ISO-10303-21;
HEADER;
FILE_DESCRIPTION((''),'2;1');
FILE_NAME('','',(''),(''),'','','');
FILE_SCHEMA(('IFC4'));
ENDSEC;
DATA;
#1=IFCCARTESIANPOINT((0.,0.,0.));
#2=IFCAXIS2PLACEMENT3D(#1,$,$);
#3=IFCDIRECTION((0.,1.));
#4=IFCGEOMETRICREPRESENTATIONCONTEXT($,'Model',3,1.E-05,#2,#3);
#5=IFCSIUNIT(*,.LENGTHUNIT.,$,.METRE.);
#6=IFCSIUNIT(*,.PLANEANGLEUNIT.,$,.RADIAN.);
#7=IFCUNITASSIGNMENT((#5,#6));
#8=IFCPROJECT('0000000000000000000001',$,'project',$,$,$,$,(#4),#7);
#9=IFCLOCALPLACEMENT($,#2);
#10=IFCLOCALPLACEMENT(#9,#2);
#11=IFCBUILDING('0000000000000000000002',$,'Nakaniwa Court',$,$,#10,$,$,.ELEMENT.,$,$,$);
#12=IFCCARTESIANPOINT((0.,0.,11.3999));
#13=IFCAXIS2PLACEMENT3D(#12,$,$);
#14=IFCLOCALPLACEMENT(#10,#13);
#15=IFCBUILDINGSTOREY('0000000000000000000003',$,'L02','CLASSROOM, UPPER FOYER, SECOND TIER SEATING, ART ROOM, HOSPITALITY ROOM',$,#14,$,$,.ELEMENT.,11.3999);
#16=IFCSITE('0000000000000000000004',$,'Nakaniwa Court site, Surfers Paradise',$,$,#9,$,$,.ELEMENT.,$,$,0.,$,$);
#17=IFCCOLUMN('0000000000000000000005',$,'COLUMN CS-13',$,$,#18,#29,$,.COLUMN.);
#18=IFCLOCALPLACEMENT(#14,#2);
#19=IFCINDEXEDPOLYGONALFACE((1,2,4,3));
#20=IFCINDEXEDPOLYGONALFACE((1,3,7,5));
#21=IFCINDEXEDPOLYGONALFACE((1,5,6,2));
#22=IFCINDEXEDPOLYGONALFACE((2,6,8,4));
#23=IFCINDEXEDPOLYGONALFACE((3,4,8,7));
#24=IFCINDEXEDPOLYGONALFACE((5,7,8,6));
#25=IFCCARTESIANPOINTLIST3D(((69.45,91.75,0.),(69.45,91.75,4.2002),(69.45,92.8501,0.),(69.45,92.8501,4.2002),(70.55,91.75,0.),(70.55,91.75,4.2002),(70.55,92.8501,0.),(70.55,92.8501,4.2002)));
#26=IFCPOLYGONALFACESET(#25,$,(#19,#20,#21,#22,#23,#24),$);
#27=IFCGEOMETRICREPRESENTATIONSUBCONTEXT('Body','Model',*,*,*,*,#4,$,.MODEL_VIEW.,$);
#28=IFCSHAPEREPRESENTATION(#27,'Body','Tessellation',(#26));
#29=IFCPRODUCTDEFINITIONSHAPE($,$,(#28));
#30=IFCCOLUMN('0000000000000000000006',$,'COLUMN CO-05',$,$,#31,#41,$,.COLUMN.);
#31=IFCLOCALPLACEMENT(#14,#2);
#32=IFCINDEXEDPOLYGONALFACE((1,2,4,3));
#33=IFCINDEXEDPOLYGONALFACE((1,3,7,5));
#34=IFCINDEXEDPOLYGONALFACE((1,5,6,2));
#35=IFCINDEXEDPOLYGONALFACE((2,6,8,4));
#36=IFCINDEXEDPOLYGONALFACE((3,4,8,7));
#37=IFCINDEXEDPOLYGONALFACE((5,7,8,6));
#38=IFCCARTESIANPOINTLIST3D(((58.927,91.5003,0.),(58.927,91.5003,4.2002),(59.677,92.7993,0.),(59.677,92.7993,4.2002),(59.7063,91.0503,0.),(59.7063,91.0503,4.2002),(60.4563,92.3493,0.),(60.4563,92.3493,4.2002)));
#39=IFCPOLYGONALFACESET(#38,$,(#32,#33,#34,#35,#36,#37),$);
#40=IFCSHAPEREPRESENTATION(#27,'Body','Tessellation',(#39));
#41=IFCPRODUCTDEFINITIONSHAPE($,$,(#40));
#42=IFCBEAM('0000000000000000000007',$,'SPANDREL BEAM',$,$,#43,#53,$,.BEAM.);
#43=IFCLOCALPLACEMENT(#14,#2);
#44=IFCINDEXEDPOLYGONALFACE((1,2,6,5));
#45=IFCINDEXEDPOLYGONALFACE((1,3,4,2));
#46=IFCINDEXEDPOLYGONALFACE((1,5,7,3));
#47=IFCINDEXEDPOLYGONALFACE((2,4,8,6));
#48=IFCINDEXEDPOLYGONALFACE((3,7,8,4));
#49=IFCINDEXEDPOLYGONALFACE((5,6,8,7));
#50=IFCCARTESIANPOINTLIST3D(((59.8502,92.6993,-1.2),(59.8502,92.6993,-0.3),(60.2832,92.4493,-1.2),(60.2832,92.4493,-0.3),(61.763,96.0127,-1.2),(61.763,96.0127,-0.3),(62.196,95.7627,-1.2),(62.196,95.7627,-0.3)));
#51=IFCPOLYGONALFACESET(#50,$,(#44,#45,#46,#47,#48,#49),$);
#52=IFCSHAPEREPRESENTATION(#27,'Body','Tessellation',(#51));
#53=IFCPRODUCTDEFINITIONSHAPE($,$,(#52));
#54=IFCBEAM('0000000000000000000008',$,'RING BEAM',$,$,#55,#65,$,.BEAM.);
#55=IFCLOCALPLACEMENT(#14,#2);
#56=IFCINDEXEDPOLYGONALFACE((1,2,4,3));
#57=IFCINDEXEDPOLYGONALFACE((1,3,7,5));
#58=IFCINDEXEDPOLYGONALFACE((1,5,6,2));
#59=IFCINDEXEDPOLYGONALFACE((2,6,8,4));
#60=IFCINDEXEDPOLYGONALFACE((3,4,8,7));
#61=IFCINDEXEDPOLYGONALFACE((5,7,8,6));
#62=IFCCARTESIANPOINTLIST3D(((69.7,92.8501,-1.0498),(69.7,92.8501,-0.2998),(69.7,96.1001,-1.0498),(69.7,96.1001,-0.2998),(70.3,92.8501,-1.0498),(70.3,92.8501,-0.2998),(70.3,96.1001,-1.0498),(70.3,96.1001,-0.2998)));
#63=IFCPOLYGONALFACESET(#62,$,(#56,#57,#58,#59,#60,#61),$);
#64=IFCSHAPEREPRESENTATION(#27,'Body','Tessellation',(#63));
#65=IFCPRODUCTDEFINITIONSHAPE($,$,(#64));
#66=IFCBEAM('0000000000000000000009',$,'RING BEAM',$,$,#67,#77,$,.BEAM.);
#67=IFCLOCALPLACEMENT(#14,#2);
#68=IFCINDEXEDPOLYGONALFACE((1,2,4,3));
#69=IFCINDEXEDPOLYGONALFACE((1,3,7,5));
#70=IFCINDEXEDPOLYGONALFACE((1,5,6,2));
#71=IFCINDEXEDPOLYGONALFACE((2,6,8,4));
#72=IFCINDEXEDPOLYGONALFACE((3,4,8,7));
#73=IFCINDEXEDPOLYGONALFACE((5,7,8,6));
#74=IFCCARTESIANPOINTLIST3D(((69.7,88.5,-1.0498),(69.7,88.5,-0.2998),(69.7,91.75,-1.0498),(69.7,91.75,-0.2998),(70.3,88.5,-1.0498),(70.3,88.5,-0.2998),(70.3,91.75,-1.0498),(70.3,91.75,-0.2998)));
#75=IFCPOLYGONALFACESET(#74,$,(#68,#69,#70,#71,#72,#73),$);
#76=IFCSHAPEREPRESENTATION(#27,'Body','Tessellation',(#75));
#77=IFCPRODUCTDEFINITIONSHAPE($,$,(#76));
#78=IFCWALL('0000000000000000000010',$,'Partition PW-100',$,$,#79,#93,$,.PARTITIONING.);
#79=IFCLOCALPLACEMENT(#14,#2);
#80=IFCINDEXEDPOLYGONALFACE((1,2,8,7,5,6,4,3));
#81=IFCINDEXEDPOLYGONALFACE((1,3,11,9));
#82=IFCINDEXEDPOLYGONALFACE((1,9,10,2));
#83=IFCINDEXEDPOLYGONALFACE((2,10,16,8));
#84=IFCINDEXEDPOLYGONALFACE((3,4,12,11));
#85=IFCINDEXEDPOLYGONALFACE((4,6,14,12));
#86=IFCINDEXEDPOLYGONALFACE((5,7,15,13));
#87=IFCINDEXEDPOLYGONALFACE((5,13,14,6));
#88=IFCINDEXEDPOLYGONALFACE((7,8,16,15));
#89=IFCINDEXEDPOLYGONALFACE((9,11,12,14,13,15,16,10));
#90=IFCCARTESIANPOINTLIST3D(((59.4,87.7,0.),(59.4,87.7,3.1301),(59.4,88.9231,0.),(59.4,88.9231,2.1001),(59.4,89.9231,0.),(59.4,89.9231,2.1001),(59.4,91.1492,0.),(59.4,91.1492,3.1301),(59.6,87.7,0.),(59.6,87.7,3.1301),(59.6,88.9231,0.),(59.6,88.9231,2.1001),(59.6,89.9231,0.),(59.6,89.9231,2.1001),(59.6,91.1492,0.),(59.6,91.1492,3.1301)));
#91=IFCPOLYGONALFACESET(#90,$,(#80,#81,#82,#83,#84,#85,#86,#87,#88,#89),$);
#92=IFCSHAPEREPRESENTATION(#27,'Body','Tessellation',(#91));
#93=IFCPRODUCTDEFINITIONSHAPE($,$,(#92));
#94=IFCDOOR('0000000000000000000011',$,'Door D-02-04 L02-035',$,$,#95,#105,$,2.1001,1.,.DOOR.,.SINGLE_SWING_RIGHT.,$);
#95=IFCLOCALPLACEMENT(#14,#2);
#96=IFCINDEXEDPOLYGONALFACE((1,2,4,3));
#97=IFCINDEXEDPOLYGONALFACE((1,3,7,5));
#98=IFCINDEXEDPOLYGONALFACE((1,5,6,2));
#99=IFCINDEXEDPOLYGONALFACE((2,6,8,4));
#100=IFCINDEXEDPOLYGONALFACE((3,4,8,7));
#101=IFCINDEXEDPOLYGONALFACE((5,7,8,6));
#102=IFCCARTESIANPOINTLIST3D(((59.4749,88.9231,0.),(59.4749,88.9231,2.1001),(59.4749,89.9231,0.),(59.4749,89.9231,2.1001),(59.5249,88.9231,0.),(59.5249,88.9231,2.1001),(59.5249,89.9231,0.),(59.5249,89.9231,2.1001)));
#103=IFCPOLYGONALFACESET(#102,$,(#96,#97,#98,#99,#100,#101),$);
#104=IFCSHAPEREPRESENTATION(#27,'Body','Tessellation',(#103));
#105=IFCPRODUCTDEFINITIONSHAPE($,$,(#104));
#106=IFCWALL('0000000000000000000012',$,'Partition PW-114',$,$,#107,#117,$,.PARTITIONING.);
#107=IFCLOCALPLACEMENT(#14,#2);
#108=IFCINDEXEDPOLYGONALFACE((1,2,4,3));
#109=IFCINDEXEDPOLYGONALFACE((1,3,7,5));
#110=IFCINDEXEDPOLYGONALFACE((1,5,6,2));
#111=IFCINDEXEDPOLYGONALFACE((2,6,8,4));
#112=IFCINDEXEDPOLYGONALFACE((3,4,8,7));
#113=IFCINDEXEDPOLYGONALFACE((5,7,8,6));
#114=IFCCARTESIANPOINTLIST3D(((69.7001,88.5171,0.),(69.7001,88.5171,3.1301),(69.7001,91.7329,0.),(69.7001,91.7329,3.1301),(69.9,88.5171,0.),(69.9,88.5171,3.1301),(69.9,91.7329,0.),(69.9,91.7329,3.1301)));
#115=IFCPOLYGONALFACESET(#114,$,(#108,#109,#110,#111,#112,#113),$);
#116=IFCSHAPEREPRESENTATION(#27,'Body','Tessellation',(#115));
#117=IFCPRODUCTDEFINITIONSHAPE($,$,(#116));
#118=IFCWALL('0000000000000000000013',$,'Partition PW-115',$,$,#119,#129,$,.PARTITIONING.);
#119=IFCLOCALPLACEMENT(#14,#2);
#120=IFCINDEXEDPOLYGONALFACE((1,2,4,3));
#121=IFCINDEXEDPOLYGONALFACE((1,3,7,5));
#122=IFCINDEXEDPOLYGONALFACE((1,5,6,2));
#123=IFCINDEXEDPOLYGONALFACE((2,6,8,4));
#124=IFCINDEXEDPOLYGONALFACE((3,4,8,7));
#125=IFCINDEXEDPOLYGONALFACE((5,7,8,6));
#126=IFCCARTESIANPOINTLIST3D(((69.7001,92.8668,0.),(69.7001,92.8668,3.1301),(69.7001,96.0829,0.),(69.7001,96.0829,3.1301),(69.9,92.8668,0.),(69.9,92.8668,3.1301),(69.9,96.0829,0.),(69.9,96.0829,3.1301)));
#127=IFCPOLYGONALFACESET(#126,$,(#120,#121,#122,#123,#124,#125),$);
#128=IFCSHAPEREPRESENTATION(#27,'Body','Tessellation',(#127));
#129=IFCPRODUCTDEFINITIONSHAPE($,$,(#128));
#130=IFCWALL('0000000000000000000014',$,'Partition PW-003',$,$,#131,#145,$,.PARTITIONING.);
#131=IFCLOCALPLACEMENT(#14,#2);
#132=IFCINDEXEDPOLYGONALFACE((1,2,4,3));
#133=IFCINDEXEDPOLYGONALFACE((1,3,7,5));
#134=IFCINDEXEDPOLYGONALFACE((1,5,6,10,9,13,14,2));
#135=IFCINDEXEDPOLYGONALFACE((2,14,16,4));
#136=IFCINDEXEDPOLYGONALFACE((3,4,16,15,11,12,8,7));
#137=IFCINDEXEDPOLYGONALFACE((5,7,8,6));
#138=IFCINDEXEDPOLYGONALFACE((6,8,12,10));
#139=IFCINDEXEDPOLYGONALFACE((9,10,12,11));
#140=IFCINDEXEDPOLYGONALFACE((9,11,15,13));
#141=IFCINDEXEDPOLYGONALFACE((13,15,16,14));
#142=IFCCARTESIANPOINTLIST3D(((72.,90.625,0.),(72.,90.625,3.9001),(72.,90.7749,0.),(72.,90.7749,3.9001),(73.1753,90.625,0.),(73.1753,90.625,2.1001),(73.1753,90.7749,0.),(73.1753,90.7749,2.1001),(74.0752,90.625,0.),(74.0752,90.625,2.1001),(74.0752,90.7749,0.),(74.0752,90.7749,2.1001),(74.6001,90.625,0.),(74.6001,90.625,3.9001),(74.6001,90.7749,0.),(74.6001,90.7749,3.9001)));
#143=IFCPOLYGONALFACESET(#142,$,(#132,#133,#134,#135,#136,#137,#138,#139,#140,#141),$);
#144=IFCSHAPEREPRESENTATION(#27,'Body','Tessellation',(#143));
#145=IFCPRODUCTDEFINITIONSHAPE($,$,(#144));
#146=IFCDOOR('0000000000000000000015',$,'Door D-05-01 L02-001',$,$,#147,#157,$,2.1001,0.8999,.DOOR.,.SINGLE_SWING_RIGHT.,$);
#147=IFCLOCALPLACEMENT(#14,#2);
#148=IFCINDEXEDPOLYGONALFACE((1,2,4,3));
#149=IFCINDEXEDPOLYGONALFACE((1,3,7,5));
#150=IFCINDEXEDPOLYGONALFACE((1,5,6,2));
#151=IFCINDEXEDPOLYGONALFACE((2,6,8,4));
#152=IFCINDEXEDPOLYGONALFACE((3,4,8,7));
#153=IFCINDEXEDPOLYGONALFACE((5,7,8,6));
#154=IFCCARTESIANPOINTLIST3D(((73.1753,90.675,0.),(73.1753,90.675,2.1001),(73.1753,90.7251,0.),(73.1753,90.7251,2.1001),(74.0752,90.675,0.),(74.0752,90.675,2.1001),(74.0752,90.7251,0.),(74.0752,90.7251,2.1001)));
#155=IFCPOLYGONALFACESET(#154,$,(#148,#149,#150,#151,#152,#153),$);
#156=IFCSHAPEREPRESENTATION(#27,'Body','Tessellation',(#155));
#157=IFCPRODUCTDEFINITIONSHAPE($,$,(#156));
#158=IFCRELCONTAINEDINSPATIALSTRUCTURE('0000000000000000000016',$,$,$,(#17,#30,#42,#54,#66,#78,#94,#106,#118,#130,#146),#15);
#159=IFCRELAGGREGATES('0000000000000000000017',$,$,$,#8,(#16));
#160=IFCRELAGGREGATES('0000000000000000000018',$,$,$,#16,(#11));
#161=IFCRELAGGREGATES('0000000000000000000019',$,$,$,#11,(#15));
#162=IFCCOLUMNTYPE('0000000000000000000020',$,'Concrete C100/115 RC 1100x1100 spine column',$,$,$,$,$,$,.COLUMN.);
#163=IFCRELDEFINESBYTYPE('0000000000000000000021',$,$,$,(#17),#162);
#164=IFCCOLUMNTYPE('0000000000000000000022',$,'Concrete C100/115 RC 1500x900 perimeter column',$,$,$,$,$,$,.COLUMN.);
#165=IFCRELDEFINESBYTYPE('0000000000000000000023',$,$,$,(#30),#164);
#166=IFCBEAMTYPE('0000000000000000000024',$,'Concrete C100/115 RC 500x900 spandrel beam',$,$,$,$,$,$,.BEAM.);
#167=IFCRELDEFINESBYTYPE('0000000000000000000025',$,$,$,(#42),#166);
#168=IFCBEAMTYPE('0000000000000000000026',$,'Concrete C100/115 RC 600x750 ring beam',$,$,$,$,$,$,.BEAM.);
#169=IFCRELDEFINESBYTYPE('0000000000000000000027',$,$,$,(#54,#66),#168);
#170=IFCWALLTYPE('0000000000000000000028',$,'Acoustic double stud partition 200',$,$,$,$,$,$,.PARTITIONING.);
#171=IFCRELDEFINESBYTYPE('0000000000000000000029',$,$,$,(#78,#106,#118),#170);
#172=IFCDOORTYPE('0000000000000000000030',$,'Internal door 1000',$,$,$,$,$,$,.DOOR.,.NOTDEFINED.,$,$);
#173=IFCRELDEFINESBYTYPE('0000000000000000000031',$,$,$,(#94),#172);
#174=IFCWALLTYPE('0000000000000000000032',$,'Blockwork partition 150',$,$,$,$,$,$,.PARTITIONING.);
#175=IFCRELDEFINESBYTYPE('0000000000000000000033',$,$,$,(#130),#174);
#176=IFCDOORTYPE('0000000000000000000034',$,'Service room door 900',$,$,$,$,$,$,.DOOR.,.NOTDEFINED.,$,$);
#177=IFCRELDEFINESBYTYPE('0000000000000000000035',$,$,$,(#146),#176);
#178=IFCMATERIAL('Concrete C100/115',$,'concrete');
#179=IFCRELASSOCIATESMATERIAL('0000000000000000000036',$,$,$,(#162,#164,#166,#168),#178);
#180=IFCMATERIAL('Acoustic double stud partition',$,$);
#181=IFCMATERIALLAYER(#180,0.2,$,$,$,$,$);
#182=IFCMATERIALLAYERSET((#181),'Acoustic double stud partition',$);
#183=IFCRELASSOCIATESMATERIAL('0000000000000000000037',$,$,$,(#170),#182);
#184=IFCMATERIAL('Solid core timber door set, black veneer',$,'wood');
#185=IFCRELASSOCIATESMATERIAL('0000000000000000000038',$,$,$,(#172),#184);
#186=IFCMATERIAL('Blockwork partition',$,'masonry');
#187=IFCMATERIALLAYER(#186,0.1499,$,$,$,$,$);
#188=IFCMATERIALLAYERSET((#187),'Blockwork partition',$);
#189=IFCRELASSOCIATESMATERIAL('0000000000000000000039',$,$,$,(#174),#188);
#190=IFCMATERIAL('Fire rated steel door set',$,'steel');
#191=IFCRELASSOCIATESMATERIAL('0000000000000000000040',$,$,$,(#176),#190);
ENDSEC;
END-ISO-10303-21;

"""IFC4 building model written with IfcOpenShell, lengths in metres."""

from ifc_helpers import new_model, si_unit, direction, frame, frame_2d, origin, origin_2d, place, context, subcontext, project, spatial, rectangle, extrude, material, layer, layer_set, material_profile, profile_set, type_object, element, fill, save


model = new_model("IFC4")

# Units and contexts
model_context = context("Model", 3, precision=1e-05, world=origin(), true_north=direction((0.0, 1.0)))
body_context = subcontext(model_context, "Body", "Model", "MODEL_VIEW")
ifc_project = project(units=[si_unit("LENGTHUNIT", "METRE"), si_unit("PLANEANGLEUNIT", "RADIAN")], contexts=[model_context])

# Site, building, storey
site_placement = place(None, origin())
site = spatial("IfcSite", under=ifc_project, at=site_placement, Name="Nakaniwa Court site, Surfers Paradise", CompositionType="ELEMENT", RefElevation=0.0)
building_placement = place(site_placement, origin())
building = spatial("IfcBuilding", under=site, at=building_placement, Name="Nakaniwa Court", CompositionType="ELEMENT")
storey_placement = place(building_placement, frame((0.0, 0.0, 11.3999)))
storey = spatial("IfcBuildingStorey", under=building, at=storey_placement, Name="L02", Description="CLASSROOM, UPPER FOYER, SECOND TIER SEATING, ART ROOM, HOSPITALITY ROOM", CompositionType="ELEMENT", Elevation=11.3999)

# Columns
ifc_material_1 = material(Name="Concrete C100/115", Category="concrete")
ifc_material_profile_1 = material_profile(ifc_material_1, rectangle(XDim=1.1001, YDim=1.1001, at=origin_2d()), Name="Concrete C100/115 RC 1100x1100 spine column")
ifc_profile_set_1 = profile_set([ifc_material_profile_1], Name="Concrete C100/115")
column_type_1 = type_object("IfcColumnType", Name="Concrete C100/115 RC 1100x1100 spine column", PredefinedType="COLUMN", material=ifc_profile_set_1)
column_1_placement = place(storey_placement, frame((70.0, 92.3, 0.0), z_axis=(0.0, 0.0, 1.0), x_axis=(0.0, -1.0, 0.0)))
element("IfcColumn", 1, at=column_1_placement, inside=storey, type_object=column_type_1, Name="COLUMN CS-13", PredefinedType="COLUMN", context=body_context, shape_type="SweptSolid", body=[
    extrude(rectangle(XDim=1.1001, YDim=1.1001, at=origin_2d()), origin(), (0.0, 0.0, 1.0), 4.2002),
])
ifc_material_profile_2 = material_profile(ifc_material_1, rectangle(XDim=1.5, YDim=0.8999, at=origin_2d()), Name="Concrete C100/115 RC 1500x900 perimeter column")
ifc_profile_set_2 = profile_set([ifc_material_profile_2], Name="Concrete C100/115")
column_type_2 = type_object("IfcColumnType", Name="Concrete C100/115 RC 1500x900 perimeter column", PredefinedType="COLUMN", material=ifc_profile_set_2)
column_2_placement = place(storey_placement, frame((59.6917, 91.9248, 0.0), z_axis=(0.0, 0.0, 1.0), x_axis=(-0.5, -0.866025, 0.0)))
element("IfcColumn", 2, at=column_2_placement, inside=storey, type_object=column_type_2, Name="COLUMN CO-05", PredefinedType="COLUMN", context=body_context, shape_type="SweptSolid", body=[
    extrude(rectangle(XDim=1.5, YDim=0.8999, at=origin_2d()), origin(), (0.0, 0.0, 1.0), 4.2002),
])

# Beams
ifc_material_profile_3 = material_profile(ifc_material_1, rectangle(XDim=0.5, YDim=0.8999, at=origin_2d()), Name="Concrete C100/115 RC 500x900 spandrel beam")
ifc_profile_set_3 = profile_set([ifc_material_profile_3], Name="Concrete C100/115")
beam_type_1 = type_object("IfcBeamType", Name="Concrete C100/115 RC 500x900 spandrel beam", PredefinedType="BEAM", material=ifc_profile_set_3)
beam_placement = place(storey_placement, frame((61.9795, 95.8877, -0.75), z_axis=(-0.499962, -0.866047, 0.0), x_axis=(0.866047, -0.499962, 0.0)))
element("IfcBeam", 3, at=beam_placement, inside=storey, type_object=beam_type_1, Name="SPANDREL BEAM", PredefinedType="BEAM", context=body_context, shape_type="SweptSolid", body=[
    extrude(rectangle(XDim=0.5, YDim=0.8999, at=origin_2d()), origin(), (0.0, 0.0, 1.0), 3.8259),
])
ifc_material_profile_4 = material_profile(ifc_material_1, rectangle(XDim=0.6001, YDim=0.75, at=origin_2d()), Name="Concrete C100/115 RC 600x750 ring beam")
ifc_profile_set_4 = profile_set([ifc_material_profile_4], Name="Concrete C100/115")
beam_type_2 = type_object("IfcBeamType", Name="Concrete C100/115 RC 600x750 ring beam", PredefinedType="BEAM", material=ifc_profile_set_4)
for number, where, z_axis, x_axis, name in (
    (4, (70.0, 96.1001, -0.6748), (0.0, -1.0, 0.0), (1.0, 0.0, 0.0), "RING BEAM"),
    (5, (70.0, 91.75, -0.6748), (0.0, -1.0, 0.0), (1.0, 0.0, 0.0), "RING BEAM"),
):
    element("IfcBeam", number, at=place(storey_placement, frame(where, z_axis=z_axis, x_axis=x_axis)), inside=storey, type_object=beam_type_2, Name=name, PredefinedType="BEAM", context=body_context, shape_type="SweptSolid", body=[
        extrude(rectangle(XDim=0.6001, YDim=0.75, at=origin_2d()), origin(), (0.0, 0.0, 1.0), 3.25),
    ])

# Wall, opening, door
ifc_material_2 = material(Name="Acoustic double stud partition")
ifc_layer_1 = layer(ifc_material_2, 0.2)
ifc_layer_set_1 = layer_set([ifc_layer_1], Name="Acoustic double stud partition")
wall_type_1 = type_object("IfcWallType", Name="Acoustic double stud partition 200", PredefinedType="PARTITIONING", material=ifc_layer_set_1)
wall_1_placement = place(storey_placement, frame((59.5, 91.1492, 0.0), z_axis=(0.0, 0.0, 1.0), x_axis=(0.0, -1.0, 0.0)))
wall_1 = element("IfcWall", 6, at=wall_1_placement, inside=storey, type_object=wall_type_1, Name="Partition PW-100", PredefinedType="PARTITIONING", context=body_context, shape_type="SweptSolid", body=[
    extrude(rectangle(XDim=3.4492, YDim=0.2, at=frame_2d((1.7246, 0.0))), origin(), (0.0, 0.0, 1.0), 3.1301),
])
opening_1_placement = place(wall_1_placement, frame((1.2261, 0.0, 0.0)))
opening_1 = element("IfcOpeningElement", 7, at=opening_1_placement, cuts=wall_1, PredefinedType="OPENING", context=body_context, shape_type="SweptSolid", body=[
    extrude(rectangle(XDim=1.0, YDim=2.1001, at=frame_2d((0.5, 1.05))), frame((0.0, 0.1099, 0.0), z_axis=(0.0, -1.0, 0.0), x_axis=(1.0, 0.0, 0.0)), (0.0, 0.0, 1.0), 0.22),
])
ifc_material_3 = material(Name="Solid core timber door set, black veneer", Category="wood")
door_type_1 = type_object("IfcDoorType", Name="Internal door 1000", OperationType="NOTDEFINED", PredefinedType="DOOR", material=ifc_material_3)
door_1_placement = place(opening_1_placement, origin())
door_1 = element("IfcDoor", 8, at=door_1_placement, inside=storey, type_object=door_type_1, Name="Door D-02-04 L02-035", OperationType="SINGLE_SWING_RIGHT", OverallHeight=2.1001, OverallWidth=1.0, PredefinedType="DOOR", context=body_context, shape_type="SweptSolid", body=[
    extrude(rectangle(XDim=1.0, YDim=2.1001, at=frame_2d((0.5, 1.05))), frame((0.0, 0.0249, 0.0), z_axis=(0.0, -1.0, 0.0), x_axis=(1.0, 0.0, 0.0)), (0.0, 0.0, 1.0), 0.05),
])
fill(opening_1, door_1)

# Walls
wall_2_placement = place(storey_placement, frame((69.8, 88.5171, 0.0), z_axis=(0.0, 0.0, 1.0), x_axis=(0.0, 1.0, 0.0)))
element("IfcWall", 9, at=wall_2_placement, inside=storey, type_object=wall_type_1, Name="Partition PW-114", PredefinedType="PARTITIONING", context=body_context, shape_type="SweptSolid", body=[
    extrude(rectangle(XDim=3.2158, YDim=0.2, at=frame_2d((1.6079, 0.0))), origin(), (0.0, 0.0, 1.0), 3.1301),
])
wall_3_placement = place(storey_placement, frame((69.8, 92.8669, 0.0), z_axis=(0.0, 0.0, 1.0), x_axis=(0.0, 1.0, 0.0)))
element("IfcWall", 10, at=wall_3_placement, inside=storey, type_object=wall_type_1, Name="Partition PW-115", PredefinedType="PARTITIONING", context=body_context, shape_type="SweptSolid", body=[
    extrude(rectangle(XDim=3.2161, YDim=0.2, at=frame_2d((1.6079, 0.0))), origin(), (0.0, 0.0, 1.0), 3.1301),
])

# Wall, opening, door
ifc_material_4 = material(Name="Blockwork partition", Category="masonry")
ifc_layer_2 = layer(ifc_material_4, 0.1499)
ifc_layer_set_2 = layer_set([ifc_layer_2], Name="Blockwork partition")
wall_type_2 = type_object("IfcWallType", Name="Blockwork partition 150", PredefinedType="PARTITIONING", material=ifc_layer_set_2)
wall_4_placement = place(storey_placement, frame((74.6001, 90.7, 0.0), z_axis=(0.0, 0.0, 1.0), x_axis=(-1.0, 0.0, 0.0)))
wall_4 = element("IfcWall", 11, at=wall_4_placement, inside=storey, type_object=wall_type_2, Name="Partition PW-003", PredefinedType="PARTITIONING", context=body_context, shape_type="SweptSolid", body=[
    extrude(rectangle(XDim=2.6001, YDim=0.1499, at=frame_2d((1.3, 0.0))), origin(), (0.0, 0.0, 1.0), 3.9001),
])
opening_2_placement = place(wall_4_placement, frame((0.5249, 0.0, 0.0)))
opening_2 = element("IfcOpeningElement", 12, at=opening_2_placement, cuts=wall_4, PredefinedType="OPENING", context=body_context, shape_type="SweptSolid", body=[
    extrude(rectangle(XDim=0.8999, YDim=2.1001, at=frame_2d((0.45, 1.05))), frame((0.0, 0.085, 0.0), z_axis=(0.0, -1.0, 0.0), x_axis=(1.0, 0.0, 0.0)), (0.0, 0.0, 1.0), 0.1699),
])
ifc_material_5 = material(Name="Fire rated steel door set", Category="steel")
door_type_2 = type_object("IfcDoorType", Name="Service room door 900", OperationType="NOTDEFINED", PredefinedType="DOOR", material=ifc_material_5)
door_2_placement = place(opening_2_placement, origin())
door_2 = element("IfcDoor", 13, at=door_2_placement, inside=storey, type_object=door_type_2, Name="Door D-05-01 L02-001", OperationType="SINGLE_SWING_RIGHT", OverallHeight=2.1001, OverallWidth=0.8999, PredefinedType="DOOR", context=body_context, shape_type="SweptSolid", body=[
    extrude(rectangle(XDim=0.8999, YDim=2.1001, at=frame_2d((0.45, 1.05))), frame((0.0, 0.0249, 0.0), z_axis=(0.0, -1.0, 0.0), x_axis=(1.0, 0.0, 0.0)), (0.0, 0.0, 1.0), 0.05),
])
fill(opening_2, door_2)

save(model, "model.ifc")
